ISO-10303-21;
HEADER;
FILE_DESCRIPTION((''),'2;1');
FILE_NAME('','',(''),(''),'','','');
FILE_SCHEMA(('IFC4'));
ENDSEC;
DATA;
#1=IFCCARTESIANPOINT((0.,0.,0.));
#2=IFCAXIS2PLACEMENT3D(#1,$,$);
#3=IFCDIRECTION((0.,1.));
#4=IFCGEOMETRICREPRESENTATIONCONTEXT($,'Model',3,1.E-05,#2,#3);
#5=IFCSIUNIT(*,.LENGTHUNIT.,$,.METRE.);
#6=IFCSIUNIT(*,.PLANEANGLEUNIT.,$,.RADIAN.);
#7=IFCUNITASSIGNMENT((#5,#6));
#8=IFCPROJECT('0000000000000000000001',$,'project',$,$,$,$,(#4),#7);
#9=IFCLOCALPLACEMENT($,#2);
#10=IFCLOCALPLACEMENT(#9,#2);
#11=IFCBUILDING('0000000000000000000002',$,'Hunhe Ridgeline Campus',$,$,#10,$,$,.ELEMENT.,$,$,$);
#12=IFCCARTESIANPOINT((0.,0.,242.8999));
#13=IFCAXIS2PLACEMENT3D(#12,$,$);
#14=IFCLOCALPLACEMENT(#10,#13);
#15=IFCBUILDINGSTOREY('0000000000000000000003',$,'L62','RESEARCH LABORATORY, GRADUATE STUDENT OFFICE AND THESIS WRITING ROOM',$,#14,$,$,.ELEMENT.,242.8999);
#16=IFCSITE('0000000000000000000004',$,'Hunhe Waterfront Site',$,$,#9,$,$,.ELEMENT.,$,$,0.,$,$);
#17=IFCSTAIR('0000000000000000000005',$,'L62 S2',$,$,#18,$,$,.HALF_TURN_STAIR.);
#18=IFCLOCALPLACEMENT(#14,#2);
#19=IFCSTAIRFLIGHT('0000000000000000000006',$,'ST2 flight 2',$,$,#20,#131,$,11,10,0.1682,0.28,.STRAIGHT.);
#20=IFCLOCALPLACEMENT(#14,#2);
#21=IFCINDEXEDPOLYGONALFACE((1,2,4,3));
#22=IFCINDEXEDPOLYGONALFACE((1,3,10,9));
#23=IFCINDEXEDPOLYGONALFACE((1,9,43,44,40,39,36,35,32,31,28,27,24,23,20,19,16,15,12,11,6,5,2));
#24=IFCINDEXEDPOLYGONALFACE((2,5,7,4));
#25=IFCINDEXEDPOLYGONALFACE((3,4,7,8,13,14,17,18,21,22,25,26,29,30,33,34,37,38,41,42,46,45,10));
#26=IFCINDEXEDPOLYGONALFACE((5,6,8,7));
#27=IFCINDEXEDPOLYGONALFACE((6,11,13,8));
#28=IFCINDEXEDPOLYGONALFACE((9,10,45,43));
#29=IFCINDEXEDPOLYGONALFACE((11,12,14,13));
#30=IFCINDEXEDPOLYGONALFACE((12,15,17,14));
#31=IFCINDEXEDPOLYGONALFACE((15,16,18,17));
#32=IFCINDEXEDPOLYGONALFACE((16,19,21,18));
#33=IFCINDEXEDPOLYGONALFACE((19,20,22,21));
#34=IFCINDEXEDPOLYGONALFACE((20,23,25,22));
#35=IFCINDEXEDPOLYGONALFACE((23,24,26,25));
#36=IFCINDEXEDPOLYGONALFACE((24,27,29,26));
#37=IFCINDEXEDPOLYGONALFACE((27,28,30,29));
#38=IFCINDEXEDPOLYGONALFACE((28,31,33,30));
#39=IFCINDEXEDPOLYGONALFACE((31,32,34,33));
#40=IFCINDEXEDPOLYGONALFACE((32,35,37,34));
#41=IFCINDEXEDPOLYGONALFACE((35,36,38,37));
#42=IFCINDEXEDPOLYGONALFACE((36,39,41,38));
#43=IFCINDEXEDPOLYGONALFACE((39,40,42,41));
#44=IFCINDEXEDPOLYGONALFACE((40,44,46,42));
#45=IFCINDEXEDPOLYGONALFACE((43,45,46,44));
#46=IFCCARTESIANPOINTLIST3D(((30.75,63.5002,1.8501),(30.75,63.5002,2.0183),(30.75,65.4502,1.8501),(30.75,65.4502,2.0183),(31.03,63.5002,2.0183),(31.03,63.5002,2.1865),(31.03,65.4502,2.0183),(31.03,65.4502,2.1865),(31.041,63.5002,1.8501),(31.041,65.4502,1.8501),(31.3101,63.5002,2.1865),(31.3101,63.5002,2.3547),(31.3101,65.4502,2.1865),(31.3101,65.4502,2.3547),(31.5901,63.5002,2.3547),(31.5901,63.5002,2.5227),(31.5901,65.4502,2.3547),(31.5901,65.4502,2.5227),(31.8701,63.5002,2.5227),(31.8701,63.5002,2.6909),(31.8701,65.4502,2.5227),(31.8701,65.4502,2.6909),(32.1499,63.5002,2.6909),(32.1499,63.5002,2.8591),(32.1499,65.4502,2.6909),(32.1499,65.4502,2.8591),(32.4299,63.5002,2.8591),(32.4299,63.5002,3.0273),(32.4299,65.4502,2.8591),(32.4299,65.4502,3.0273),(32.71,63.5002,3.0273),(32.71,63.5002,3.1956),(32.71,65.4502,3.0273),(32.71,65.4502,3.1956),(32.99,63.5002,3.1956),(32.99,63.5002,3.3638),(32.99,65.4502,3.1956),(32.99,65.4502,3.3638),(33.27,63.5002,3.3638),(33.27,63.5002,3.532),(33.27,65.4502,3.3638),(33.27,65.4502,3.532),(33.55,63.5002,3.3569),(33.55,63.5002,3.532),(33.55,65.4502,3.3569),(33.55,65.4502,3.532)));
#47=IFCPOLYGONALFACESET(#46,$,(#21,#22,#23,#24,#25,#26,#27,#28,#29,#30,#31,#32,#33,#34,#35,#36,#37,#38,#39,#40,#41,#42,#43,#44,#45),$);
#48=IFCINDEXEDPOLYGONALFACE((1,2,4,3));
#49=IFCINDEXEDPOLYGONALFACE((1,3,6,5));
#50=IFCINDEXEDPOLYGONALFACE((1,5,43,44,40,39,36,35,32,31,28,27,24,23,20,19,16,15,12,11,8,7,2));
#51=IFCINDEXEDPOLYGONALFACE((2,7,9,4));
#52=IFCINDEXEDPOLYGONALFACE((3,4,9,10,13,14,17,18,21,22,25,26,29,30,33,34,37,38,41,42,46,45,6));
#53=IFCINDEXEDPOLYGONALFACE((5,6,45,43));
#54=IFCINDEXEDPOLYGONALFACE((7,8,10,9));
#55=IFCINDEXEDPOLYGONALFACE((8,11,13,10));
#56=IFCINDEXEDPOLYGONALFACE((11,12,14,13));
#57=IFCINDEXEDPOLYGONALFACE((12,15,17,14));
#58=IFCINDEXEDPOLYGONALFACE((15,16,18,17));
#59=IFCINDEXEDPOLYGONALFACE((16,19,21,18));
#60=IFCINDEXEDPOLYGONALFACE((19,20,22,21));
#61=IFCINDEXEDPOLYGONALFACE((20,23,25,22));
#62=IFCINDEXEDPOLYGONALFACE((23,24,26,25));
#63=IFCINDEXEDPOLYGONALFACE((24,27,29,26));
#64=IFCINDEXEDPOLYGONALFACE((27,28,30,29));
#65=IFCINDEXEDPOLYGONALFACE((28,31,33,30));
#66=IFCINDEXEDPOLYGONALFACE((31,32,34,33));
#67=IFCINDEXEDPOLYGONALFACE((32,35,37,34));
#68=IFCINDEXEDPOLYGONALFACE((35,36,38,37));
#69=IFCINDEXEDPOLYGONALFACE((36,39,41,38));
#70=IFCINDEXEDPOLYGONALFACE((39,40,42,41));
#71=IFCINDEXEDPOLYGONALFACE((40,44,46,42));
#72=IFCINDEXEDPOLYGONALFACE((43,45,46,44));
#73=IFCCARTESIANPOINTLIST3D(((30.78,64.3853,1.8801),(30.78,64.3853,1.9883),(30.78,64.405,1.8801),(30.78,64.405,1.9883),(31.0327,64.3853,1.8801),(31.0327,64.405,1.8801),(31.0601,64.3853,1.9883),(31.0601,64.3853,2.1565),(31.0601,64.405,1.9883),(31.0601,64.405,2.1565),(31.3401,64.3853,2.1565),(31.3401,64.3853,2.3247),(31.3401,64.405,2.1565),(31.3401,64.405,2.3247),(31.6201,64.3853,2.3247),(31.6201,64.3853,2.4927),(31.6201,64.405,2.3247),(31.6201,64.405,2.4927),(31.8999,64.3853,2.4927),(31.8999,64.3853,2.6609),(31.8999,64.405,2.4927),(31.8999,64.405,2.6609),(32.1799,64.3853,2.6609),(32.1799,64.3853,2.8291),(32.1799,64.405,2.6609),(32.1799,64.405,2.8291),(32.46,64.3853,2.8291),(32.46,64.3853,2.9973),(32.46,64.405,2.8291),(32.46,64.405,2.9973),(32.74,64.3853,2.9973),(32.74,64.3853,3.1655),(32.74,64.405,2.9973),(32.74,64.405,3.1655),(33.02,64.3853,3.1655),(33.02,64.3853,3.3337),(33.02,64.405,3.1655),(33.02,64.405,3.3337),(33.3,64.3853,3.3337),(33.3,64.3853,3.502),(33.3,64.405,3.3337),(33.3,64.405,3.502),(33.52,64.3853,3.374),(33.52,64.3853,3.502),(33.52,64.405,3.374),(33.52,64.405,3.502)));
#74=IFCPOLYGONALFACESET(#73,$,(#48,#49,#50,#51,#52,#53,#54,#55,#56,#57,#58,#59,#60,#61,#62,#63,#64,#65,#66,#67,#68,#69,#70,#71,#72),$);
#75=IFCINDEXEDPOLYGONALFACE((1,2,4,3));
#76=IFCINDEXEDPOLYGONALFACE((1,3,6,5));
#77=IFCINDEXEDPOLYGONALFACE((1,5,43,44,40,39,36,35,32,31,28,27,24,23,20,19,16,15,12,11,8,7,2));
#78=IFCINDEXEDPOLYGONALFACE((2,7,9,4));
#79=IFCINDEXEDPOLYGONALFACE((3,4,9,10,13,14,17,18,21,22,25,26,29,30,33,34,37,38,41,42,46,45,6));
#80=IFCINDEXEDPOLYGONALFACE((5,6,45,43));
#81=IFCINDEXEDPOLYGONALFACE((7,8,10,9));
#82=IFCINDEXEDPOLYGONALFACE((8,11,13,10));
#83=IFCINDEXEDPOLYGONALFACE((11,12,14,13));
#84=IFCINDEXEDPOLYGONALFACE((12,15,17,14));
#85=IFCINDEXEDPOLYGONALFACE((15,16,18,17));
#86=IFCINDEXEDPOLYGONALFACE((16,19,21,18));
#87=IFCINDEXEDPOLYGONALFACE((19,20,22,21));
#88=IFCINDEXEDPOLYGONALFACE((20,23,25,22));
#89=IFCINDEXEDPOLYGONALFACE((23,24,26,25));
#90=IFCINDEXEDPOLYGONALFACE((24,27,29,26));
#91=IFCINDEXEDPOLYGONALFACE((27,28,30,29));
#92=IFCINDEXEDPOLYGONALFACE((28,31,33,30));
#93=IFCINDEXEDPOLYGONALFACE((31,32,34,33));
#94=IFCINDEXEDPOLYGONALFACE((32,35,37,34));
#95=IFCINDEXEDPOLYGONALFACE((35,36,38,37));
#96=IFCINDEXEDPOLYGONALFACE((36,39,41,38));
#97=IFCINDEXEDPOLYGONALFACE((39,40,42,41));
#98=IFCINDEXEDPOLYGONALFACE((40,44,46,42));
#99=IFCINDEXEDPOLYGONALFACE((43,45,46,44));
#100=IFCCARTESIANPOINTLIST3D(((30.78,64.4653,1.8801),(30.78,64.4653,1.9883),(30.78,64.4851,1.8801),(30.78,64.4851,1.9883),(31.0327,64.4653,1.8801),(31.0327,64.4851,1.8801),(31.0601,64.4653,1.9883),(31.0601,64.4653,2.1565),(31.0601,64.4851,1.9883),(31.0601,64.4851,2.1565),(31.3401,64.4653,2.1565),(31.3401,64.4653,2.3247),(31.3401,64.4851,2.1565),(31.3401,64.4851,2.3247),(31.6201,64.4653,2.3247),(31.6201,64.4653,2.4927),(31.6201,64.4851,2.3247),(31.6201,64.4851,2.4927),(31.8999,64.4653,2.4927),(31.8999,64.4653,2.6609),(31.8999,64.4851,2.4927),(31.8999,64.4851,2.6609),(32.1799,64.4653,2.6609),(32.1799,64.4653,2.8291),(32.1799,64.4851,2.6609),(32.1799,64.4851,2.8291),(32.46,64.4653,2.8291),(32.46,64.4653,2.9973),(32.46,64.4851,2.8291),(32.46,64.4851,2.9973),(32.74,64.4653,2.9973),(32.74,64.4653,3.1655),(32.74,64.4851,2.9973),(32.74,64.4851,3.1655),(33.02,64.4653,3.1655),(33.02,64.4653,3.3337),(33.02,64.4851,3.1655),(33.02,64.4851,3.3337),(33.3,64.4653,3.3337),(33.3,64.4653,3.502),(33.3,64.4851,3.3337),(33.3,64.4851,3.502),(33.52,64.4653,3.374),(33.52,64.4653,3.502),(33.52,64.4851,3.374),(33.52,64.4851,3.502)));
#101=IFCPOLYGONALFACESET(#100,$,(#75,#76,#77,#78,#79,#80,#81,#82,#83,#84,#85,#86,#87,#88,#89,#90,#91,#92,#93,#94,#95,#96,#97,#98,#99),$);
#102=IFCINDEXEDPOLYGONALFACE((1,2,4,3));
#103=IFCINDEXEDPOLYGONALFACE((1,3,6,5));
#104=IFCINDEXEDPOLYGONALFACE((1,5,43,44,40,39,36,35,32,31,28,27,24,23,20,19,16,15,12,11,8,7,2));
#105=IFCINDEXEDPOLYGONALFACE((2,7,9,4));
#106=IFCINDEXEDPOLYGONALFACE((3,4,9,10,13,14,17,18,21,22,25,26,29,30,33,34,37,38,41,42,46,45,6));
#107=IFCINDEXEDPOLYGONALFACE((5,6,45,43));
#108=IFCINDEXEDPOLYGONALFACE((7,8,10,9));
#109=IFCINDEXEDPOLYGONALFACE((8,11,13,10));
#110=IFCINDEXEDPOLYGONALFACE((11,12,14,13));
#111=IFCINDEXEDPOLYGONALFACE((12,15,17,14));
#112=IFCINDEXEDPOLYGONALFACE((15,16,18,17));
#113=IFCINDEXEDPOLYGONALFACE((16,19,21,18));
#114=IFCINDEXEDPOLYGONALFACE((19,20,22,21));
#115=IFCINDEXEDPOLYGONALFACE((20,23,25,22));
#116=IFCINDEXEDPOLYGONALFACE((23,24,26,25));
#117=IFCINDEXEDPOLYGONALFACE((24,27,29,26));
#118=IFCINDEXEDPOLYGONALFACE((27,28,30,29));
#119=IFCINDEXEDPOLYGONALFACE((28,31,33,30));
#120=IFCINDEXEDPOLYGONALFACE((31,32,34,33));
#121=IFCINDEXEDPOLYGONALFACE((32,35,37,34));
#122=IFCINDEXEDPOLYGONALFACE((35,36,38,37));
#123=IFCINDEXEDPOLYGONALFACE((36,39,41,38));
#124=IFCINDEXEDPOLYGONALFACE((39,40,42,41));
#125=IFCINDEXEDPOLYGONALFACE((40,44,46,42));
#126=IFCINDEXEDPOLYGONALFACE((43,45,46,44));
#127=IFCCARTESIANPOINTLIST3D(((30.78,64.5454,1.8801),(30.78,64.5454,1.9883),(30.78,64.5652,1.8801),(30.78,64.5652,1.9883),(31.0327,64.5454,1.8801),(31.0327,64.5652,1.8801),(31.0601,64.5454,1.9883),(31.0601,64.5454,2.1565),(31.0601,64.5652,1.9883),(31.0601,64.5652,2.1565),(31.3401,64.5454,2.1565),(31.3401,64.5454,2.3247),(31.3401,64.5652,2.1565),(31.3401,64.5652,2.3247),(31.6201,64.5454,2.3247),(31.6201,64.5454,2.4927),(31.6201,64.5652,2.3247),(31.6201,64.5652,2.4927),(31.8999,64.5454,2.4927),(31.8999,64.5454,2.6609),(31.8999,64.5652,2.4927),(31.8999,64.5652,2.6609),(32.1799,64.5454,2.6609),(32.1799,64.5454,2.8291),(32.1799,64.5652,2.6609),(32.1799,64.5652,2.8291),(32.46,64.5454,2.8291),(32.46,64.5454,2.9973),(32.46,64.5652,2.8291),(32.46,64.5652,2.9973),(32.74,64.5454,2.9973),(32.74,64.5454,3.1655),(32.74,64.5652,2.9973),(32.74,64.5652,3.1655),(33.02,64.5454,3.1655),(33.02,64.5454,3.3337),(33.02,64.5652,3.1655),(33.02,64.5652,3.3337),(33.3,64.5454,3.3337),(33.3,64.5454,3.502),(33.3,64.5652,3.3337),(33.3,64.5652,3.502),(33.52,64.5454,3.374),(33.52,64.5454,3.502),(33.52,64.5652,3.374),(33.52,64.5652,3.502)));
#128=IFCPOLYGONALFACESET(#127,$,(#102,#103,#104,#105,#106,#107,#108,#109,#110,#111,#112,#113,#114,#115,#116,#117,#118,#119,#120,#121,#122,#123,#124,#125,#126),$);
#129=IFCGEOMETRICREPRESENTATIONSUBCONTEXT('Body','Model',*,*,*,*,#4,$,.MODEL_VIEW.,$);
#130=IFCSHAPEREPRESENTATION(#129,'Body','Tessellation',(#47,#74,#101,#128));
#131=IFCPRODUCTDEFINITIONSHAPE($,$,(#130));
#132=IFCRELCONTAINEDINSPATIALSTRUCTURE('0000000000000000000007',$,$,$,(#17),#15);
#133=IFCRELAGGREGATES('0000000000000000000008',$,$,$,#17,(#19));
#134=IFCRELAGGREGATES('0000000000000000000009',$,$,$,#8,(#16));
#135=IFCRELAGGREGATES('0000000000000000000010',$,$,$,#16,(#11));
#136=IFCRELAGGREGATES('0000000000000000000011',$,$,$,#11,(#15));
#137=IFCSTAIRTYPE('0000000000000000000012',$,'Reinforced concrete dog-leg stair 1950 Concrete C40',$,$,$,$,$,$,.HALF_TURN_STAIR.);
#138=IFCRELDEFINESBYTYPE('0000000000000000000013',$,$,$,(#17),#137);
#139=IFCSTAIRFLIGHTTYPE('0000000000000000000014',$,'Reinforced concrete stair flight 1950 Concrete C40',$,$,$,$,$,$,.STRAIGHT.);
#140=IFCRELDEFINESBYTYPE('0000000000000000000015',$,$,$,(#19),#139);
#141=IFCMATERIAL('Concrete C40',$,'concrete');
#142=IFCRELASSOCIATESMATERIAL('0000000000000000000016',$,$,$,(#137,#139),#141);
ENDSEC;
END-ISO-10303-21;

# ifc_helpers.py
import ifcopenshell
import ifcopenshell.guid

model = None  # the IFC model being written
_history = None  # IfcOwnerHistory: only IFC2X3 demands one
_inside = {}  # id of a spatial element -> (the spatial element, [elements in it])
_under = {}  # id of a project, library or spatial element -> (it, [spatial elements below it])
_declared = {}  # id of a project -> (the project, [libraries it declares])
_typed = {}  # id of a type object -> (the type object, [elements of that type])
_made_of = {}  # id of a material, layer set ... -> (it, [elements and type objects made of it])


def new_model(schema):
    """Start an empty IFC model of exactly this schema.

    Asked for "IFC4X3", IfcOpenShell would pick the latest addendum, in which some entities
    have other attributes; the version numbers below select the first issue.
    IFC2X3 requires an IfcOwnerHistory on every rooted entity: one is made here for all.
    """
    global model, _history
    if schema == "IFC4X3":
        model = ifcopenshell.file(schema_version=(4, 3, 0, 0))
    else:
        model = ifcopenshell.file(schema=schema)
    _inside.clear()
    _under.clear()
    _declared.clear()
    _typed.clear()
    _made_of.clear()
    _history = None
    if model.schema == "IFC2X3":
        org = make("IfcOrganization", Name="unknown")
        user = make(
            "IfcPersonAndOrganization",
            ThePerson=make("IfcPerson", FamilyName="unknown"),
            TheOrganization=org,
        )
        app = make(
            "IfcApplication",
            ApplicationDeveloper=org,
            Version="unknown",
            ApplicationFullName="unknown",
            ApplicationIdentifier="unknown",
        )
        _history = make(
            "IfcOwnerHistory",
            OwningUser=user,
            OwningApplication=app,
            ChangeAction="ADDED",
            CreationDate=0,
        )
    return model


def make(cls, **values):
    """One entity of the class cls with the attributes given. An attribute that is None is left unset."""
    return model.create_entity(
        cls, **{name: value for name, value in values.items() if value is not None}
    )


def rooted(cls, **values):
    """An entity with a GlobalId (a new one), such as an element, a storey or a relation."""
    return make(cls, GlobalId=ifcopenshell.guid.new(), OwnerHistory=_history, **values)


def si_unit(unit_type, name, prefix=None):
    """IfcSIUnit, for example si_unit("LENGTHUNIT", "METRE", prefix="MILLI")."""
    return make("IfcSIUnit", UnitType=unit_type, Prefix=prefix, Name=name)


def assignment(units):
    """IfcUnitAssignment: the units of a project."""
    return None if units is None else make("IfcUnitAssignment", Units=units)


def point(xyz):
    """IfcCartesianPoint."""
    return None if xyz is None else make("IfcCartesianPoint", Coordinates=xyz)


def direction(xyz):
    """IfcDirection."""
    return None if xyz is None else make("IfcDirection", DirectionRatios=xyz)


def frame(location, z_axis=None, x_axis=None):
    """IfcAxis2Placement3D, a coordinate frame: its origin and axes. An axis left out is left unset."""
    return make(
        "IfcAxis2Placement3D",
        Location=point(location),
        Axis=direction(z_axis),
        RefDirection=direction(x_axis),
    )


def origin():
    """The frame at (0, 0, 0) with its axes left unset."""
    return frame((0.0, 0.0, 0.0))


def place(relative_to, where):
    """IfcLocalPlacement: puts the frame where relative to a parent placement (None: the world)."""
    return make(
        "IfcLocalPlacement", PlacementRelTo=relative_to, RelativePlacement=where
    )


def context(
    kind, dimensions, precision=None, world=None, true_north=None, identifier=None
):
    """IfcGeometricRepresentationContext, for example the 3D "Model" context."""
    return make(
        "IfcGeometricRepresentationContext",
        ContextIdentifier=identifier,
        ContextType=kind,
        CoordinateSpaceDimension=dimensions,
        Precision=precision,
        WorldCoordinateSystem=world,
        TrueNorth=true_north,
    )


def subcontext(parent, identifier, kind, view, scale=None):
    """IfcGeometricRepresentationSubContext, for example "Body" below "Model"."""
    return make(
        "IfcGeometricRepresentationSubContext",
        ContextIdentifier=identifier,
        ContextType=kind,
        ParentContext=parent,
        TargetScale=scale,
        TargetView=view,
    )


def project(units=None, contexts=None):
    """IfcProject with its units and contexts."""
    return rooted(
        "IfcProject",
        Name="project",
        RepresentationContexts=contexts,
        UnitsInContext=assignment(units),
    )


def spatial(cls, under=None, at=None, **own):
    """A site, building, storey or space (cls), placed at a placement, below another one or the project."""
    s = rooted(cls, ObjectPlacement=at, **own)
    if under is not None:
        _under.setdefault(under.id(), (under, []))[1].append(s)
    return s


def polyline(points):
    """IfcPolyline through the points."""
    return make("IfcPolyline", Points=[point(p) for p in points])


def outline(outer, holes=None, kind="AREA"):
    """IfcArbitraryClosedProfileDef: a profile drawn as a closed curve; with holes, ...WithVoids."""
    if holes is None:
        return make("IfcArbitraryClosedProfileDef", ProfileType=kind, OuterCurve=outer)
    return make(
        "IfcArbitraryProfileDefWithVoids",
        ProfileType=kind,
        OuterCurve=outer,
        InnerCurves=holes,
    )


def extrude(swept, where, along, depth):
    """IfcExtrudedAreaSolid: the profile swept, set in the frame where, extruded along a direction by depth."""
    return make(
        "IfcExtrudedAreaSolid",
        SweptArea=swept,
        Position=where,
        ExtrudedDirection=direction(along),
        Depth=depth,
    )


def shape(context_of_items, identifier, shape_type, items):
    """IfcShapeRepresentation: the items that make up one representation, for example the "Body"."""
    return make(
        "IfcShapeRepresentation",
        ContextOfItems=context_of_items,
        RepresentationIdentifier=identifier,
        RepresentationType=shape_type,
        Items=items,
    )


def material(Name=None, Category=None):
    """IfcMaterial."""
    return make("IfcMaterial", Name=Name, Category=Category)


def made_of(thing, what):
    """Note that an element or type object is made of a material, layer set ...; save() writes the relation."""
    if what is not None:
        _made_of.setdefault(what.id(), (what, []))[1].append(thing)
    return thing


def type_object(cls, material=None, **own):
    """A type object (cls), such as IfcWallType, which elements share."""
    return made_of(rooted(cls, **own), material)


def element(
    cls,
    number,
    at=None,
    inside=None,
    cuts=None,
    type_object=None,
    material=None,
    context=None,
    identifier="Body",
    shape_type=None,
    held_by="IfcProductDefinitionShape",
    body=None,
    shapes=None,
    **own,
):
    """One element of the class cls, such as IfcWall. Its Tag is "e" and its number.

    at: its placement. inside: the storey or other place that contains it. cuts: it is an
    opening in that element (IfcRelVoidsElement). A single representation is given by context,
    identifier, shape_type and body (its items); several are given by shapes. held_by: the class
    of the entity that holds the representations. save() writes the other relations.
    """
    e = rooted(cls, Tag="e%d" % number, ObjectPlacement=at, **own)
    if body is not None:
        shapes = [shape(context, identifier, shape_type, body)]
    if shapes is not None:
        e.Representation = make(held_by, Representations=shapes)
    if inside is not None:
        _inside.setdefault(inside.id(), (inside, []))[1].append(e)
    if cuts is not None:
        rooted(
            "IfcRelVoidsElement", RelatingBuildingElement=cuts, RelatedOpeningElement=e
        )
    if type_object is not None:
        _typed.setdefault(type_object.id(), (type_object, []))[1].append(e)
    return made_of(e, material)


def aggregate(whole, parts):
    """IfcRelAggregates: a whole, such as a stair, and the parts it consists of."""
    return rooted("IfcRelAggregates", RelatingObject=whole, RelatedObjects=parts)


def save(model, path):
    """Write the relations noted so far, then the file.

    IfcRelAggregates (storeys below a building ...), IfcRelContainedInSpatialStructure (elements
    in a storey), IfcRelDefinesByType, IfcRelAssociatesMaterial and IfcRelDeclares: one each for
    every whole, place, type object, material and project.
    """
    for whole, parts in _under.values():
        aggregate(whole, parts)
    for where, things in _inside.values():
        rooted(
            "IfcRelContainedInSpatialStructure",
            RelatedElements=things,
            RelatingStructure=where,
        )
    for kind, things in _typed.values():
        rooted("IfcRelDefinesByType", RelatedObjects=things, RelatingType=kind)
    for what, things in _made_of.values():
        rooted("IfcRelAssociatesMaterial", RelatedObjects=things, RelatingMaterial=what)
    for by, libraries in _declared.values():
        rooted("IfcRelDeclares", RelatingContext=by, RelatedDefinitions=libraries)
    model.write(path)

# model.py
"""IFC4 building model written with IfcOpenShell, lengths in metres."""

from ifc_helpers import new_model, si_unit, direction, frame, origin, place, context, subcontext, project, spatial, polyline, outline, extrude, material, type_object, element, aggregate, save


model = new_model("IFC4")

# Units and contexts
model_context = context("Model", 3, precision=1e-05, world=origin(), true_north=direction((0.0, 1.0)))
body_context = subcontext(model_context, "Body", "Model", "MODEL_VIEW")
ifc_project = project(units=[si_unit("LENGTHUNIT", "METRE"), si_unit("PLANEANGLEUNIT", "RADIAN")], contexts=[model_context])

# Site, building, storey
site_placement = place(None, origin())
site = spatial("IfcSite", under=ifc_project, at=site_placement, Name="Hunhe Waterfront Site", CompositionType="ELEMENT", RefElevation=0.0)
building_placement = place(site_placement, origin())
building = spatial("IfcBuilding", under=site, at=building_placement, Name="Hunhe Ridgeline Campus", CompositionType="ELEMENT")
storey_placement = place(building_placement, frame((0.0, 0.0, 242.8999)))
storey = spatial("IfcBuildingStorey", under=building, at=storey_placement, Name="L62", Description="RESEARCH LABORATORY, GRADUATE STUDENT OFFICE AND THESIS WRITING ROOM", CompositionType="ELEMENT", Elevation=242.8999)

# Stair, stair flight
ifc_material_1 = material(Name="Concrete C40", Category="concrete")
stair_type = type_object("IfcStairType", Name="Reinforced concrete dog-leg stair 1950 Concrete C40", PredefinedType="HALF_TURN_STAIR", material=ifc_material_1)
stair_placement = place(storey_placement, origin())
stair = element("IfcStair", 1, at=stair_placement, inside=storey, type_object=stair_type, Name="L62 S2", PredefinedType="HALF_TURN_STAIR")
stair_flight_type = type_object("IfcStairFlightType", Name="Reinforced concrete stair flight 1950 Concrete C40", PredefinedType="STRAIGHT", material=ifc_material_1)
stair_flight_1_placement = place(storey_placement, frame((30.75, 64.4751, 1.8501), z_axis=(0.0, 0.0, 1.0), x_axis=(1.0, 0.0, 0.0)))
stair_flight_1 = element("IfcStairFlight", 2, at=stair_flight_1_placement, type_object=stair_flight_type, Name="ST2 flight 2", NumberOfRisers=11, NumberOfTreads=10, PredefinedType="STRAIGHT", RiserHeight=0.1682, TreadLength=0.28, context=body_context, shape_type="SweptSolid", body=[
    extrude(outline(polyline([(0.0, 0.0), (0.0, 0.1682), (0.28, 0.1682), (0.28, 0.3364), (0.5601, 0.3364), (0.5601, 0.5046), (0.8401, 0.5046), (0.8401, 0.6726), (1.1201, 0.6726), (1.1201, 0.8408), (1.3999, 0.8408), (1.3999, 1.009), (1.6799, 1.009), (1.6799, 1.1772), (1.96, 1.1772), (1.96, 1.3455), (2.24, 1.3455), (2.24, 1.5137), (2.52, 1.5137), (2.52, 1.6819), (2.8, 1.6819), (2.8, 1.8501), (2.8, 1.5068), (0.291, 0.0), (0.0, 0.0)])), frame((0.0, 0.9751, 0.0), z_axis=(0.0, -1.0, 0.0), x_axis=(1.0, 0.0, 0.0)), (0.0, 0.0, 1.0), 1.95),
    extrude(outline(polyline([(0.03, 0.03), (0.03, 0.1382), (0.3101, 0.1382), (0.3101, 0.3064), (0.5901, 0.3064), (0.5901, 0.4746), (0.8701, 0.4746), (0.8701, 0.6426), (1.1499, 0.6426), (1.1499, 0.8108), (1.4299, 0.8108), (1.4299, 0.979), (1.71, 0.979), (1.71, 1.1472), (1.99, 1.1472), (1.99, 1.3154), (2.27, 1.3154), (2.27, 1.4836), (2.55, 1.4836), (2.55, 1.6519), (2.77, 1.6519), (2.77, 1.5239), (0.2827, 0.03), (0.03, 0.03)])), frame((0.0, -0.0701, 0.0), z_axis=(0.0, -1.0, 0.0), x_axis=(1.0, 0.0, 0.0)), (0.0, 0.0, 1.0), 0.0198),
    extrude(outline(polyline([(0.03, 0.03), (0.03, 0.1382), (0.3101, 0.1382), (0.3101, 0.3064), (0.5901, 0.3064), (0.5901, 0.4746), (0.8701, 0.4746), (0.8701, 0.6426), (1.1499, 0.6426), (1.1499, 0.8108), (1.4299, 0.8108), (1.4299, 0.979), (1.71, 0.979), (1.71, 1.1472), (1.99, 1.1472), (1.99, 1.3154), (2.27, 1.3154), (2.27, 1.4836), (2.55, 1.4836), (2.55, 1.6519), (2.77, 1.6519), (2.77, 1.5239), (0.2827, 0.03), (0.03, 0.03)])), frame((0.0, 0.01, 0.0), z_axis=(0.0, -1.0, 0.0), x_axis=(1.0, 0.0, 0.0)), (0.0, 0.0, 1.0), 0.0198),
    extrude(outline(polyline([(0.03, 0.03), (0.03, 0.1382), (0.3101, 0.1382), (0.3101, 0.3064), (0.5901, 0.3064), (0.5901, 0.4746), (0.8701, 0.4746), (0.8701, 0.6426), (1.1499, 0.6426), (1.1499, 0.8108), (1.4299, 0.8108), (1.4299, 0.979), (1.71, 0.979), (1.71, 1.1472), (1.99, 1.1472), (1.99, 1.3154), (2.27, 1.3154), (2.27, 1.4836), (2.55, 1.4836), (2.55, 1.6519), (2.77, 1.6519), (2.77, 1.5239), (0.2827, 0.03), (0.03, 0.03)])), frame((0.0, 0.0901, 0.0), z_axis=(0.0, -1.0, 0.0), x_axis=(1.0, 0.0, 0.0)), (0.0, 0.0, 1.0), 0.0198),
])
aggregate(stair, [stair_flight_1])

save(model, "model.ifc")
